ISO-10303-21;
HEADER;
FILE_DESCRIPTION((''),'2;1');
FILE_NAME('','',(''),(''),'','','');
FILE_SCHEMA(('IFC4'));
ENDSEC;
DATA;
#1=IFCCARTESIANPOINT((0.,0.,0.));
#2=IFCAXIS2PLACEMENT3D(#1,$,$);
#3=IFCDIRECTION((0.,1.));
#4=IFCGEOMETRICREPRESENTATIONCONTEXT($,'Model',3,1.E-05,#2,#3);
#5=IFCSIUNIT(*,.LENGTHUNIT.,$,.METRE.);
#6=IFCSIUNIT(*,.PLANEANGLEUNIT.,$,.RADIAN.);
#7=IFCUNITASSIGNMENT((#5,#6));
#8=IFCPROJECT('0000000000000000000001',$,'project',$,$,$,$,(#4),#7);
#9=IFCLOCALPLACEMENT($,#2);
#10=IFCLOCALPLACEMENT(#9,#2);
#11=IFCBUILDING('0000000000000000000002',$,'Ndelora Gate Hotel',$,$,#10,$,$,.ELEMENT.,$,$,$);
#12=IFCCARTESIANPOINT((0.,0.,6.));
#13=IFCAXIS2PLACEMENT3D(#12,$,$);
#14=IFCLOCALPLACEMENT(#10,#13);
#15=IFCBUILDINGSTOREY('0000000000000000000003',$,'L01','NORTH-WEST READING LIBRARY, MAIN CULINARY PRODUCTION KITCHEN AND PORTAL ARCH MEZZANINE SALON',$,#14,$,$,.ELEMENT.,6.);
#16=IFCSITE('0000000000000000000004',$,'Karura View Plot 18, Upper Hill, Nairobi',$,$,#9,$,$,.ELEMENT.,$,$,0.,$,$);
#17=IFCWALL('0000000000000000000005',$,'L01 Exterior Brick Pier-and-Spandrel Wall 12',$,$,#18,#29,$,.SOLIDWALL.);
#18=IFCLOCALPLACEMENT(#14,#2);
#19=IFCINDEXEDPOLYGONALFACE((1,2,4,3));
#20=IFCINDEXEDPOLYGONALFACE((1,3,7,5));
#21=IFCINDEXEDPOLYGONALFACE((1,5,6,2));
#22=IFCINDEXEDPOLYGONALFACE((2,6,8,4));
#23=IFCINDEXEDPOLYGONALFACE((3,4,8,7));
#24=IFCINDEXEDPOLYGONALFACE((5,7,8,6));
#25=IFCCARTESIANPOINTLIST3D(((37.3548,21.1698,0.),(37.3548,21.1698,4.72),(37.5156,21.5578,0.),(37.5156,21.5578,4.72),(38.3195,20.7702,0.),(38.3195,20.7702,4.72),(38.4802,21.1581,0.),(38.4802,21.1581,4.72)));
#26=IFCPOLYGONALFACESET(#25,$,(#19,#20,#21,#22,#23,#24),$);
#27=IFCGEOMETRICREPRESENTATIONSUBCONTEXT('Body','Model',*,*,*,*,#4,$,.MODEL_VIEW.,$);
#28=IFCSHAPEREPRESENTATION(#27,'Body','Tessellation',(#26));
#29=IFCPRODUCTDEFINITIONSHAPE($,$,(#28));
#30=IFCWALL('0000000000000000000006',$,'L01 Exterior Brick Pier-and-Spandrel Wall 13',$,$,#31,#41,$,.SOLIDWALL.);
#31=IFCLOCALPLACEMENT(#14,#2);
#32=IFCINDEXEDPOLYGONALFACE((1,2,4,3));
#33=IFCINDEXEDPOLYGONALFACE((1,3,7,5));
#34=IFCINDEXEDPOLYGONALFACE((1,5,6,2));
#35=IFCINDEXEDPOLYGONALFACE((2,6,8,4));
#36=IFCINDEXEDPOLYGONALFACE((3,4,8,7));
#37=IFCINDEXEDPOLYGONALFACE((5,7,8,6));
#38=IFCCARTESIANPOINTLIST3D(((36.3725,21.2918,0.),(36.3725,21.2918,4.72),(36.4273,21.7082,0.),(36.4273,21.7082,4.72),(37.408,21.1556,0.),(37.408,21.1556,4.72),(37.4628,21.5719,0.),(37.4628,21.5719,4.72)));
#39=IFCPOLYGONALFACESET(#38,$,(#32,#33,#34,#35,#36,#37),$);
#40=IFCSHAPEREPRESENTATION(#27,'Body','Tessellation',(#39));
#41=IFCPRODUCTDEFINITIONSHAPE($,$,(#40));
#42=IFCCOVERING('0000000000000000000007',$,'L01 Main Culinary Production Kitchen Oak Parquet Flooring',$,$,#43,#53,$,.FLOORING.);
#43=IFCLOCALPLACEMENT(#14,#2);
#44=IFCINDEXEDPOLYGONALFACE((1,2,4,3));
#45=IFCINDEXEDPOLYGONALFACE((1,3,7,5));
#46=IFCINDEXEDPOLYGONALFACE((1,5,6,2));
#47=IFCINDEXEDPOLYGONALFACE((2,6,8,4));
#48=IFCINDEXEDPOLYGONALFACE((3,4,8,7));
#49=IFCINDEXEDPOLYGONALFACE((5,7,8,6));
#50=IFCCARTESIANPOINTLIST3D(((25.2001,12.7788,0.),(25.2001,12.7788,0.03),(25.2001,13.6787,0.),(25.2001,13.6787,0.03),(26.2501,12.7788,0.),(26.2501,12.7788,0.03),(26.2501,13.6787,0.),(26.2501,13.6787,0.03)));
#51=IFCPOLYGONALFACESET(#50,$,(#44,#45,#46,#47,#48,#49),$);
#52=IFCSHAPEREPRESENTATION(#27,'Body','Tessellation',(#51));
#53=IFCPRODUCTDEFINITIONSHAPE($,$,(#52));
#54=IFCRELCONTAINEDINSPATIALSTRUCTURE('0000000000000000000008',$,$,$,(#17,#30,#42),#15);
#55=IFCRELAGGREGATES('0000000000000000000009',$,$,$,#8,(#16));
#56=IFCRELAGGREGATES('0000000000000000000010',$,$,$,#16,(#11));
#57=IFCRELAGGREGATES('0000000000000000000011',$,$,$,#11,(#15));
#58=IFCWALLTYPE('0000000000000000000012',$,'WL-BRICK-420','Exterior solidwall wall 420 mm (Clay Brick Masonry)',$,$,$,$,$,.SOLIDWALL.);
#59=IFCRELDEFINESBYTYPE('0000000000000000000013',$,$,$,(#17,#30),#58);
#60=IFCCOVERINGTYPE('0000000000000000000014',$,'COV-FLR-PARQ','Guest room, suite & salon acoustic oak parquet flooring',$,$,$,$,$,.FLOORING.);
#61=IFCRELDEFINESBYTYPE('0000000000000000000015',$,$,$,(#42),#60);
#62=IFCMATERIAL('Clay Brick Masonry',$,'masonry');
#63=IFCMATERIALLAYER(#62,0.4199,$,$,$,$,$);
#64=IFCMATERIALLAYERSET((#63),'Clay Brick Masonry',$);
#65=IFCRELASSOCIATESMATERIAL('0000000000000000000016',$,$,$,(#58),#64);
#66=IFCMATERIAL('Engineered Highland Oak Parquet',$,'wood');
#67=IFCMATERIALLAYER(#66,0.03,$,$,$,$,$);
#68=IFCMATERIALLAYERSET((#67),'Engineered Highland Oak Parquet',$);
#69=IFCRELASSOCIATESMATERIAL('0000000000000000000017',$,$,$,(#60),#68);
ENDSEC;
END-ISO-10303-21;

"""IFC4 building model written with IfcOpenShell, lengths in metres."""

from ifc_helpers import new_model, si_unit, direction, frame, frame_2d, origin, origin_2d, place, context, subcontext, project, spatial, rectangle, extrude, material, layer, layer_set, type_object, element, save


model = new_model("IFC4")

# Units and contexts
model_context = context("Model", 3, precision=1e-05, world=origin(), true_north=direction((0.0, 1.0)))
body_context = subcontext(model_context, "Body", "Model", "MODEL_VIEW")
ifc_project = project(units=[si_unit("LENGTHUNIT", "METRE"), si_unit("PLANEANGLEUNIT", "RADIAN")], contexts=[model_context])

# Site, building, storey
site_placement = place(None, origin())
site = spatial("IfcSite", under=ifc_project, at=site_placement, Name="Karura View Plot 18, Upper Hill, Nairobi", CompositionType="ELEMENT", RefElevation=0.0)
building_placement = place(site_placement, origin())
building = spatial("IfcBuilding", under=site, at=building_placement, Name="Ndelora Gate Hotel", CompositionType="ELEMENT")
storey_placement = place(building_placement, frame((0.0, 0.0, 6.0)))
storey = spatial("IfcBuildingStorey", under=building, at=storey_placement, Name="L01", Description="NORTH-WEST READING LIBRARY, MAIN CULINARY PRODUCTION KITCHEN AND PORTAL ARCH MEZZANINE SALON", CompositionType="ELEMENT", Elevation=6.0)

# Shared definitions
ifc_material_1 = material(Name="Clay Brick Masonry", Category="masonry")
ifc_layer_1 = layer(ifc_material_1, 0.4199)
ifc_layer_set_1 = layer_set([ifc_layer_1], Name="Clay Brick Masonry")
wall_type = type_object("IfcWallType", Name="WL-BRICK-420", Description="Exterior solidwall wall 420 mm (Clay Brick Masonry)", PredefinedType="SOLIDWALL", material=ifc_layer_set_1)

# Walls
wall_1_placement = place(storey_placement, frame((37.4353, 21.3638, 0.0), z_axis=(0.0, 0.0, 1.0), x_axis=(0.923843, -0.382772, 0.0)))
element("IfcWall", 1, at=wall_1_placement, inside=storey, type_object=wall_type, Name="L01 Exterior Brick Pier-and-Spandrel Wall 12", PredefinedType="SOLIDWALL", context=body_context, shape_type="SweptSolid", body=[
    extrude(rectangle(XDim=1.0442, YDim=0.4199, at=frame_2d((0.522, 0.0))), origin(), (0.0, 0.0, 1.0), 4.72),
])
wall_2_placement = place(storey_placement, frame((36.3999, 21.5, 0.0), z_axis=(0.0, 0.0, 1.0), x_axis=(0.991455, -0.130448, 0.0)))
element("IfcWall", 2, at=wall_2_placement, inside=storey, type_object=wall_type, Name="L01 Exterior Brick Pier-and-Spandrel Wall 13", PredefinedType="SOLIDWALL", context=body_context, shape_type="SweptSolid", body=[
    extrude(rectangle(XDim=1.0444, YDim=0.4199, at=frame_2d((0.5222, 0.0))), origin(), (0.0, 0.0, 1.0), 4.72),
])

# Covering
ifc_material_2 = material(Name="Engineered Highland Oak Parquet", Category="wood")
ifc_layer_2 = layer(ifc_material_2, 0.03)
ifc_layer_set_2 = layer_set([ifc_layer_2], Name="Engineered Highland Oak Parquet")
covering_type = type_object("IfcCoveringType", Name="COV-FLR-PARQ", Description="Guest room, suite & salon acoustic oak parquet flooring", PredefinedType="FLOORING", material=ifc_layer_set_2)
covering_placement = place(storey_placement, frame((25.7251, 13.2288, 0.0), z_axis=(0.0, 0.0, 1.0), x_axis=(1.0, 0.0, 0.0)))
element("IfcCovering", 3, at=covering_placement, inside=storey, type_object=covering_type, Name="L01 Main Culinary Production Kitchen Oak Parquet Flooring", PredefinedType="FLOORING", context=body_context, shape_type="SweptSolid", body=[
    extrude(rectangle(XDim=1.05, YDim=0.8999, at=origin_2d()), origin(), (0.0, 0.0, 1.0), 0.03),
])

save(model, "model.ifc")
